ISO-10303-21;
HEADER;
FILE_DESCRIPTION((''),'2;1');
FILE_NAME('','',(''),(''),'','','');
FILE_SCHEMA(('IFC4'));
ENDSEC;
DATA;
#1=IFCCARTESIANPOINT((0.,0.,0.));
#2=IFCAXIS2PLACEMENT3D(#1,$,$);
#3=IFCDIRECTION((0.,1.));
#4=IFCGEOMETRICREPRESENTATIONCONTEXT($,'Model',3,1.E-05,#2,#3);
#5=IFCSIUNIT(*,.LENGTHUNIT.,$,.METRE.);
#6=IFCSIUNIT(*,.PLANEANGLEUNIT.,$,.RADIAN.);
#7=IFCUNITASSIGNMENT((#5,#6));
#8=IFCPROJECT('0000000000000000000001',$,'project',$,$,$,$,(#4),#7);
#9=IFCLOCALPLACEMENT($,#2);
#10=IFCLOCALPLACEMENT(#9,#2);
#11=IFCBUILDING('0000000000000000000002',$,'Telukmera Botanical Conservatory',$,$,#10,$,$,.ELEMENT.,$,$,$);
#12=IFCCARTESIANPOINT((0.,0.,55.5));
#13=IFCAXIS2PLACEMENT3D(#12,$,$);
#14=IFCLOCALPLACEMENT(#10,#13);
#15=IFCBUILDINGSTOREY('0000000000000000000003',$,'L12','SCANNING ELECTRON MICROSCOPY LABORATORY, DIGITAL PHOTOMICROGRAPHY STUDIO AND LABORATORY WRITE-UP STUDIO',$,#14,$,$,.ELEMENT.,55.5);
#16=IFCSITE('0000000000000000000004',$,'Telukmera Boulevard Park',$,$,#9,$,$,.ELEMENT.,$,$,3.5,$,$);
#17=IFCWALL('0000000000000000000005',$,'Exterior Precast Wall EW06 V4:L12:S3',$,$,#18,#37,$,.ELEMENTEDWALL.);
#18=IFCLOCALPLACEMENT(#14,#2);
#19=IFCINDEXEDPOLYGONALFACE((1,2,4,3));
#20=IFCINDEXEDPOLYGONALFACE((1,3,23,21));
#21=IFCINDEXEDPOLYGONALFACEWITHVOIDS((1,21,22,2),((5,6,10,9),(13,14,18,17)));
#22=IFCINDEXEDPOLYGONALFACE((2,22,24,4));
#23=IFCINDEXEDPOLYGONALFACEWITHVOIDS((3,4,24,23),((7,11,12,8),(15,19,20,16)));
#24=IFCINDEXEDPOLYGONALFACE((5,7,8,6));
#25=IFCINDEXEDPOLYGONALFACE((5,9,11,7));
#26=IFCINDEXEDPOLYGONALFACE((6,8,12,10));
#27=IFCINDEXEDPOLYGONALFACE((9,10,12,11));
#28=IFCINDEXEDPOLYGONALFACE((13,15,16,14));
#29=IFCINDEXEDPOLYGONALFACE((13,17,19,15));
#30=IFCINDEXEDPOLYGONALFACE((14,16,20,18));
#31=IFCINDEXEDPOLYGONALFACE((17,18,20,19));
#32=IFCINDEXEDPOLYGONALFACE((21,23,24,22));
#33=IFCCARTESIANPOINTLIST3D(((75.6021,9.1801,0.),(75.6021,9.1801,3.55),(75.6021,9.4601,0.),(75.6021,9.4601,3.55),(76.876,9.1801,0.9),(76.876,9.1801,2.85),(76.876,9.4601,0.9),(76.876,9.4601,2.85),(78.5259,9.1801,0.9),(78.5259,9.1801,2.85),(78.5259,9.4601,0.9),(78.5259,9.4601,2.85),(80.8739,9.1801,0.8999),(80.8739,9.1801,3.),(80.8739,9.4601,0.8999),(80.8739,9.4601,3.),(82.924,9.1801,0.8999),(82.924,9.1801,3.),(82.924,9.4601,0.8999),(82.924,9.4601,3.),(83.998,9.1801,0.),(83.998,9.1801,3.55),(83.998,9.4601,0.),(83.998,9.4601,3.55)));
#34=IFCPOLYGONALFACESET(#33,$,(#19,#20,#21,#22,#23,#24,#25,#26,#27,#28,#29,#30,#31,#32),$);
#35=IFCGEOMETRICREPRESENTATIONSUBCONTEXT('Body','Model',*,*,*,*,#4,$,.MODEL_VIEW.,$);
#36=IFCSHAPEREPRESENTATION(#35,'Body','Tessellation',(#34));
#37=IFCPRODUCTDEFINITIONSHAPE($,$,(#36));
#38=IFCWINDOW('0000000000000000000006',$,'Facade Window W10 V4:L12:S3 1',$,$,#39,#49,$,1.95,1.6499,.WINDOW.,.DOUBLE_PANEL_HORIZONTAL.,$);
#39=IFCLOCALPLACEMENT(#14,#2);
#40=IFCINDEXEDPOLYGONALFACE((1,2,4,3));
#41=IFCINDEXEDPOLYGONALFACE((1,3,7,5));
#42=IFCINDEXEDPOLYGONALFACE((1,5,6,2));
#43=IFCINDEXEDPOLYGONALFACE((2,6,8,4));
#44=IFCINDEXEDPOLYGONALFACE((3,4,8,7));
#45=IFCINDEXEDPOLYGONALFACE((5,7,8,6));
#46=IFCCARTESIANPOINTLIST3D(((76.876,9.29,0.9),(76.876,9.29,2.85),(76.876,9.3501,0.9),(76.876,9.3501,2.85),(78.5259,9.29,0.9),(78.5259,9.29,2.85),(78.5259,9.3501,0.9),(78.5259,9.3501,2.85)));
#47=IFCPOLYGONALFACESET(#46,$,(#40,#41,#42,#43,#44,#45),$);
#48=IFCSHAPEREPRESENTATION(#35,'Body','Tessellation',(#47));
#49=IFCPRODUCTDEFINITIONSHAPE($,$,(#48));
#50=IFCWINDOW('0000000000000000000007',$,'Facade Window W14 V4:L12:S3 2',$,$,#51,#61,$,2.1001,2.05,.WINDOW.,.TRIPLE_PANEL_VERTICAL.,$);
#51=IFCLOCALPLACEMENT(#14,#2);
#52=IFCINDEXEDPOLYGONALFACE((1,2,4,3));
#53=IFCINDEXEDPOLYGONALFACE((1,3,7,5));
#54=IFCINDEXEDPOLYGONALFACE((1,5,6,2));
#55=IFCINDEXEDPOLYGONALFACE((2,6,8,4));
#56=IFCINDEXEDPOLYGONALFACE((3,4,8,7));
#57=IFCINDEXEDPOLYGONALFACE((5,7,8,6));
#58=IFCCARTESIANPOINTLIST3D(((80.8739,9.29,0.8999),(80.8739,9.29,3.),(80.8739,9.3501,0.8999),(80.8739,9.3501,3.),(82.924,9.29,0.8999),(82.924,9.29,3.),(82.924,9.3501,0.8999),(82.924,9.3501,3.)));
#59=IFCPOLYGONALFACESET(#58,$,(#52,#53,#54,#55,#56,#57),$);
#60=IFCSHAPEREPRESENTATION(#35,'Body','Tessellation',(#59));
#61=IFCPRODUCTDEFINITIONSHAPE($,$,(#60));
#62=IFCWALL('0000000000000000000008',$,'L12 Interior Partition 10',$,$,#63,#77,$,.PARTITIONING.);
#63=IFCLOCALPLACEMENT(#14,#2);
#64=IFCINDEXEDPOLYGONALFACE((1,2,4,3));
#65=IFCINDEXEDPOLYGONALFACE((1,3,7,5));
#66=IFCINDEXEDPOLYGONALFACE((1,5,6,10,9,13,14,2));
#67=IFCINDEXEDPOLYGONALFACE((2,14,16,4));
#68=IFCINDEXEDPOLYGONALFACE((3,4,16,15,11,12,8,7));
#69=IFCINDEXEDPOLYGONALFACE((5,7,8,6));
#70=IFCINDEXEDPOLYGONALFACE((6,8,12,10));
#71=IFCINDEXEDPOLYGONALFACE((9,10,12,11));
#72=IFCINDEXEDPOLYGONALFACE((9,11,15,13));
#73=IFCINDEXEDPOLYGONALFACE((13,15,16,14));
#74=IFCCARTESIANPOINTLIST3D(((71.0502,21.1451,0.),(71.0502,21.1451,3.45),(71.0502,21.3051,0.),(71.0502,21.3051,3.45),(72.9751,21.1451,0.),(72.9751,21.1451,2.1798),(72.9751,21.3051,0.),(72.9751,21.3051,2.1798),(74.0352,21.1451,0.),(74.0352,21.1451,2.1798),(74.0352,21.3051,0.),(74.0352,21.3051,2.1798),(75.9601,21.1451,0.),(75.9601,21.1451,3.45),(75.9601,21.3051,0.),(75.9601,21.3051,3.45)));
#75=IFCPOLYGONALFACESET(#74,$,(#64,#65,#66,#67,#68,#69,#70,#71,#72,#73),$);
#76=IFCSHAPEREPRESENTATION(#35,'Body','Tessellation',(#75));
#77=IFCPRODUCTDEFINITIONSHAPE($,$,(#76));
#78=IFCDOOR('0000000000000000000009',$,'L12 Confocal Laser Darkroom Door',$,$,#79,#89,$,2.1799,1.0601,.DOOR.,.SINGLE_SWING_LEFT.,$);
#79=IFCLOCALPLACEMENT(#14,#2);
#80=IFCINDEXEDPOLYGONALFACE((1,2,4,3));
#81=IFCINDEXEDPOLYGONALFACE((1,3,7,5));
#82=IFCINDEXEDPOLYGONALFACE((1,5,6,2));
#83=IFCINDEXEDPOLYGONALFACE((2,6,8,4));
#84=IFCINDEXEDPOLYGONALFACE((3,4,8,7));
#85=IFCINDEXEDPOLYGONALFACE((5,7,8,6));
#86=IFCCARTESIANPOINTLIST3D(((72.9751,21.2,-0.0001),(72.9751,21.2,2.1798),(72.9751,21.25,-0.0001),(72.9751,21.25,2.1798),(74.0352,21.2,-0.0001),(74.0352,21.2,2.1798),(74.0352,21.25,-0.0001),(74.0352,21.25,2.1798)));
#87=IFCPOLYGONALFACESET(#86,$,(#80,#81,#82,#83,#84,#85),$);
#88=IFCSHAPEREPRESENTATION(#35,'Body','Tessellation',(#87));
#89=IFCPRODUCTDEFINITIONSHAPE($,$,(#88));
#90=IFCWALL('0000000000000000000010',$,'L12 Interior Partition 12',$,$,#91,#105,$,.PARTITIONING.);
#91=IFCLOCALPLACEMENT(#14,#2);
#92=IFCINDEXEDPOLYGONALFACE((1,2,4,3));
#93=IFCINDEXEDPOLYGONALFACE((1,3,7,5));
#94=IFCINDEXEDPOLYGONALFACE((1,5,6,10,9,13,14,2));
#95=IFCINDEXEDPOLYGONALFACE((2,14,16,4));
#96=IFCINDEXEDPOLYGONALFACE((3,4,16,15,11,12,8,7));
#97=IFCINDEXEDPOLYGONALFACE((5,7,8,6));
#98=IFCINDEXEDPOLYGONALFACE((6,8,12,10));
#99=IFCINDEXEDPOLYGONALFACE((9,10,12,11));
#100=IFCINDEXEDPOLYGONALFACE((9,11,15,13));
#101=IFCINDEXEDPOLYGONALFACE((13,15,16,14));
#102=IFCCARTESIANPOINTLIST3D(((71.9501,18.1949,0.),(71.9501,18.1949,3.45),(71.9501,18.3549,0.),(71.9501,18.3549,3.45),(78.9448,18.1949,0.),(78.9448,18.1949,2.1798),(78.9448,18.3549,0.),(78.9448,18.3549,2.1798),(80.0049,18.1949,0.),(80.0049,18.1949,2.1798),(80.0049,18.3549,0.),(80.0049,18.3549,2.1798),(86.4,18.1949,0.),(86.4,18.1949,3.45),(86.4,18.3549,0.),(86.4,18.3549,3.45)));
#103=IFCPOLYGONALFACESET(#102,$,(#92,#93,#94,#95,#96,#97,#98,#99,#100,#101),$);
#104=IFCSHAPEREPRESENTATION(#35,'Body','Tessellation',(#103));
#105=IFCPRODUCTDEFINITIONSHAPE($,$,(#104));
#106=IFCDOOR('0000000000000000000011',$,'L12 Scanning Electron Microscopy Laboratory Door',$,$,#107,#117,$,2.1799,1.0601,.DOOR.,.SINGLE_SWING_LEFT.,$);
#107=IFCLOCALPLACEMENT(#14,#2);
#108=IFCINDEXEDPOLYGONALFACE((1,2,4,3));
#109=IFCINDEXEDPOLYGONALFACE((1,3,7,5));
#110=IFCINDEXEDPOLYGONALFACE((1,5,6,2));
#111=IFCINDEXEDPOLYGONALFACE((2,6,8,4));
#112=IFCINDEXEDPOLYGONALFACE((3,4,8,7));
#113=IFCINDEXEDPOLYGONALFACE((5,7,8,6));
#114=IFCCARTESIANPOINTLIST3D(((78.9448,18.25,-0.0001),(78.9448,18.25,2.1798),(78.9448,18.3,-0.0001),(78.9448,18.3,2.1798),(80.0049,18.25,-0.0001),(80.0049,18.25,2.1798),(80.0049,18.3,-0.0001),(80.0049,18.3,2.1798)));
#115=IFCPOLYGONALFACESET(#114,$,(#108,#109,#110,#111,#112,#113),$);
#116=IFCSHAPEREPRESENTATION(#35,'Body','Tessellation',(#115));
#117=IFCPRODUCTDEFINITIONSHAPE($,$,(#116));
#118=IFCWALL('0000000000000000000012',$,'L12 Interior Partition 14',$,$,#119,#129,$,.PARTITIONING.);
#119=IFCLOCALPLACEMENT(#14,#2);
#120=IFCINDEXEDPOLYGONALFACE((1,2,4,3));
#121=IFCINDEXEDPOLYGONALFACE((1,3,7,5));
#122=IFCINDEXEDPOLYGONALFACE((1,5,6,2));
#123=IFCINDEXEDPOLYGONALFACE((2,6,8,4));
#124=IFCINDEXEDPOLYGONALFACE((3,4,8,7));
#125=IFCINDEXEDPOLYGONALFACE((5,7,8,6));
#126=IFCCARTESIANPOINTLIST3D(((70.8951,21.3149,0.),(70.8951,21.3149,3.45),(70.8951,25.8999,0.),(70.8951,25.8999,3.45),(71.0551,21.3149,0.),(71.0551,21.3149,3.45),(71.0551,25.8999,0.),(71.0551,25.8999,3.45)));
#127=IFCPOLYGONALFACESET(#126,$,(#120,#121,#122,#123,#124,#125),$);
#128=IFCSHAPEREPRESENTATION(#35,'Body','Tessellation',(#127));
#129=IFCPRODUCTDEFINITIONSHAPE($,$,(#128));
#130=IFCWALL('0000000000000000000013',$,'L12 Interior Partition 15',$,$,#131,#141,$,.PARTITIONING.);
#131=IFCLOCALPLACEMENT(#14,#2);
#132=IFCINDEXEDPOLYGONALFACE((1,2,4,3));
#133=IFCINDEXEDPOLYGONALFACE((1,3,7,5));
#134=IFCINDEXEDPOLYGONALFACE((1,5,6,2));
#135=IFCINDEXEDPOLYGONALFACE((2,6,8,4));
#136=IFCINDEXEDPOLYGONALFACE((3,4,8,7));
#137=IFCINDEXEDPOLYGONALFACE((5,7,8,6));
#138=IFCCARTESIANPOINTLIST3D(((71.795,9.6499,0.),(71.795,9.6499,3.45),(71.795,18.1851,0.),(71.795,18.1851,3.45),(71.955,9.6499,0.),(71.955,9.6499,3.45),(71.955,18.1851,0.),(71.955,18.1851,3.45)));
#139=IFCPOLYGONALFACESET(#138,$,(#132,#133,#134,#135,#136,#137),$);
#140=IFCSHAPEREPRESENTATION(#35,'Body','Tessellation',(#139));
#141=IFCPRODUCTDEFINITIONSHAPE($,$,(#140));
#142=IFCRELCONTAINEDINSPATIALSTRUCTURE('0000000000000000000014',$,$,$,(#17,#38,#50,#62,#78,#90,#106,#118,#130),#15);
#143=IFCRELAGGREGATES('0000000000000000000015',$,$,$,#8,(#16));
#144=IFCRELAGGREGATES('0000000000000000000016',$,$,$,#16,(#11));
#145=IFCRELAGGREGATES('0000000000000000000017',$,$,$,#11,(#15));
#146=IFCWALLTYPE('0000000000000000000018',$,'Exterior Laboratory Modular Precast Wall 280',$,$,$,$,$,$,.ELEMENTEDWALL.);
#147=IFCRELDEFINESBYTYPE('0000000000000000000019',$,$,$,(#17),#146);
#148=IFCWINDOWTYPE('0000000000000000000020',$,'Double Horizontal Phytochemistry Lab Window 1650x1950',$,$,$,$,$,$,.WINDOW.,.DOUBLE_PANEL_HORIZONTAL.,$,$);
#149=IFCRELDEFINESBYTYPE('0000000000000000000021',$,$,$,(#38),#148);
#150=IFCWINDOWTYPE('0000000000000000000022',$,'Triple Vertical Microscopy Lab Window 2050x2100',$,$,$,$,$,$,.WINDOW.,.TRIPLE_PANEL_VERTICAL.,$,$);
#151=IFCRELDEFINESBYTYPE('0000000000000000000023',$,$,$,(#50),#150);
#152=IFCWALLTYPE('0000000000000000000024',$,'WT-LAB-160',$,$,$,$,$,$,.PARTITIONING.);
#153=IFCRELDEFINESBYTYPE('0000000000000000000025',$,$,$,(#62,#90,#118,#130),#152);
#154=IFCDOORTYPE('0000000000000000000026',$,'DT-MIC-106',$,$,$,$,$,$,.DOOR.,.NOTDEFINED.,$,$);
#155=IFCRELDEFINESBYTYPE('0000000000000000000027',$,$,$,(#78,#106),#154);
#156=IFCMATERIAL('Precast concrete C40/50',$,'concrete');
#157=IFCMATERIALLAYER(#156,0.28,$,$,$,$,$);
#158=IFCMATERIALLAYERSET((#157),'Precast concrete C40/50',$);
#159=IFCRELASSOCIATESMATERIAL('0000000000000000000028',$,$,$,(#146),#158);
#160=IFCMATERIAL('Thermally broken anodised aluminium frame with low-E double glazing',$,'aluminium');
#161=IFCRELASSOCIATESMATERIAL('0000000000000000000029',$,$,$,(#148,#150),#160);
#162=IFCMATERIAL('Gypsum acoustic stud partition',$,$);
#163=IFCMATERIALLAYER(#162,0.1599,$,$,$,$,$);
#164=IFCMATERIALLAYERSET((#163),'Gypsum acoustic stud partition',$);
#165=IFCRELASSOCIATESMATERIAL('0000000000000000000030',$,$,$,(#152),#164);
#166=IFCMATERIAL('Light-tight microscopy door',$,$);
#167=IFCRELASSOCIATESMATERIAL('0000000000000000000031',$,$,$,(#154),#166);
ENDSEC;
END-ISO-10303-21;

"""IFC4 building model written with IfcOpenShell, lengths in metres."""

from ifc_helpers import new_model, si_unit, direction, frame, frame_2d, origin, place, context, subcontext, project, spatial, rectangle, extrude, material, layer, layer_set, type_object, element, fill, save


model = new_model("IFC4")

# Units and contexts
model_context = context("Model", 3, precision=1e-05, world=origin(), true_north=direction((0.0, 1.0)))
body_context = subcontext(model_context, "Body", "Model", "MODEL_VIEW")
ifc_project = project(units=[si_unit("LENGTHUNIT", "METRE"), si_unit("PLANEANGLEUNIT", "RADIAN")], contexts=[model_context])

# Site, building, storey
site_placement = place(None, origin())
site = spatial("IfcSite", under=ifc_project, at=site_placement, Name="Telukmera Boulevard Park", CompositionType="ELEMENT", RefElevation=3.5)
building_placement = place(site_placement, origin())
building = spatial("IfcBuilding", under=site, at=building_placement, Name="Telukmera Botanical Conservatory", CompositionType="ELEMENT")
storey_placement = place(building_placement, frame((0.0, 0.0, 55.5)))
storey = spatial("IfcBuildingStorey", under=building, at=storey_placement, Name="L12", Description="SCANNING ELECTRON MICROSCOPY LABORATORY, DIGITAL PHOTOMICROGRAPHY STUDIO AND LABORATORY WRITE-UP STUDIO", CompositionType="ELEMENT", Elevation=55.5)

# Shared definitions
ifc_material_1 = material(Name="Precast concrete C40/50", Category="concrete")

# Wall, openings, windows
ifc_layer_1 = layer(ifc_material_1, 0.28)
ifc_layer_set_1 = layer_set([ifc_layer_1], Name="Precast concrete C40/50")
wall_type_1 = type_object("IfcWallType", Name="Exterior Laboratory Modular Precast Wall 280", PredefinedType="ELEMENTEDWALL", material=ifc_layer_set_1)
wall_1_placement = place(storey_placement, frame((75.6021, 9.3201, 0.0), z_axis=(0.0, 0.0, 1.0), x_axis=(1.0, 0.0, 0.0)))
wall_1 = element("IfcWall", 1, at=wall_1_placement, inside=storey, type_object=wall_type_1, Name="Exterior Precast Wall EW06 V4:L12:S3", PredefinedType="ELEMENTEDWALL", context=body_context, shape_type="SweptSolid", body=[
    extrude(rectangle(XDim=8.396, YDim=0.28, at=frame_2d((4.198, 0.0))), origin(), (0.0, 0.0, 1.0), 3.55),
])
opening_1_placement = place(wall_1_placement, frame((1.2739, 0.0, 0.8999)))
opening_1 = element("IfcOpeningElement", 2, at=opening_1_placement, cuts=wall_1, PredefinedType="OPENING", context=body_context, shape_type="SweptSolid", body=[
    extrude(rectangle(XDim=1.6499, YDim=1.95, at=frame_2d((0.825, 0.9751))), frame((0.0, 0.1499, 0.0), z_axis=(0.0, -1.0, 0.0), x_axis=(1.0, 0.0, 0.0)), (0.0, 0.0, 1.0), 0.3),
])
opening_2_placement = place(wall_1_placement, frame((5.272, 0.0, 0.8999)))
opening_2 = element("IfcOpeningElement", 3, at=opening_2_placement, cuts=wall_1, PredefinedType="OPENING", context=body_context, shape_type="SweptSolid", body=[
    extrude(rectangle(XDim=2.05, YDim=2.1001, at=frame_2d((1.0249, 1.05))), frame((0.0, 0.1499, 0.0), z_axis=(0.0, -1.0, 0.0), x_axis=(1.0, 0.0, 0.0)), (0.0, 0.0, 1.0), 0.3),
])
ifc_material_2 = material(Name="Thermally broken anodised aluminium frame with low-E double glazing", Category="aluminium")
window_type_1 = type_object("IfcWindowType", Name="Double Horizontal Phytochemistry Lab Window 1650x1950", PartitioningType="DOUBLE_PANEL_HORIZONTAL", PredefinedType="WINDOW", material=ifc_material_2)
window_1_placement = place(opening_1_placement, origin())
window_1 = element("IfcWindow", 4, at=window_1_placement, inside=storey, type_object=window_type_1, Name="Facade Window W10 V4:L12:S3 1", OverallHeight=1.95, OverallWidth=1.6499, PartitioningType="DOUBLE_PANEL_HORIZONTAL", PredefinedType="WINDOW", context=body_context, shape_type="SweptSolid", body=[
    extrude(rectangle(XDim=1.6499, YDim=1.95, at=frame_2d((0.825, 0.9751))), frame((0.0, 0.03, 0.0), z_axis=(0.0, -1.0, 0.0), x_axis=(1.0, 0.0, 0.0)), (0.0, 0.0, 1.0), 0.0601),
])
fill(opening_1, window_1)
window_type_2 = type_object("IfcWindowType", Name="Triple Vertical Microscopy Lab Window 2050x2100", PartitioningType="TRIPLE_PANEL_VERTICAL", PredefinedType="WINDOW", material=ifc_material_2)
window_2_placement = place(opening_2_placement, origin())
window_2 = element("IfcWindow", 5, at=window_2_placement, inside=storey, type_object=window_type_2, Name="Facade Window W14 V4:L12:S3 2", OverallHeight=2.1001, OverallWidth=2.05, PartitioningType="TRIPLE_PANEL_VERTICAL", PredefinedType="WINDOW", context=body_context, shape_type="SweptSolid", body=[
    extrude(rectangle(XDim=2.05, YDim=2.1001, at=frame_2d((1.0249, 1.05))), frame((0.0, 0.03, 0.0), z_axis=(0.0, -1.0, 0.0), x_axis=(1.0, 0.0, 0.0)), (0.0, 0.0, 1.0), 0.0601),
])
fill(opening_2, window_2)

# Walls, openings, doors
ifc_material_3 = material(Name="Gypsum acoustic stud partition")
ifc_layer_2 = layer(ifc_material_3, 0.1599)
ifc_layer_set_2 = layer_set([ifc_layer_2], Name="Gypsum acoustic stud partition")
wall_type_2 = type_object("IfcWallType", Name="WT-LAB-160", PredefinedType="PARTITIONING", material=ifc_layer_set_2)
wall_2_placement = place(storey_placement, frame((71.05, 21.2251, 0.0), z_axis=(0.0, 0.0, 1.0), x_axis=(1.0, 0.0, 0.0)))
wall_2 = element("IfcWall", 6, at=wall_2_placement, inside=storey, type_object=wall_type_2, Name="L12 Interior Partition 10", PredefinedType="PARTITIONING", context=body_context, shape_type="SweptSolid", body=[
    extrude(rectangle(XDim=4.9099, YDim=0.1599, at=frame_2d((2.4551, 0.0))), origin(), (0.0, 0.0, 1.0), 3.45),
])
opening_3_placement = place(wall_2_placement, frame((1.925, 0.0, 0.0)))
opening_3 = element("IfcOpeningElement", 7, at=opening_3_placement, cuts=wall_2, PredefinedType="OPENING", context=body_context, shape_type="SweptSolid", body=[
    extrude(rectangle(XDim=1.0601, YDim=2.1799, at=frame_2d((0.53, 1.0898))), frame((0.0, 0.0898, 0.0), z_axis=(0.0, -1.0, 0.0), x_axis=(1.0, 0.0, 0.0)), (0.0, 0.0, 1.0), 0.1799),
])
ifc_material_4 = material(Name="Light-tight microscopy door")
door_type = type_object("IfcDoorType", Name="DT-MIC-106", OperationType="NOTDEFINED", PredefinedType="DOOR", material=ifc_material_4)
door_1_placement = place(opening_3_placement, origin())
door_1 = element("IfcDoor", 8, at=door_1_placement, inside=storey, type_object=door_type, Name="L12 Confocal Laser Darkroom Door", OperationType="SINGLE_SWING_LEFT", OverallHeight=2.1799, OverallWidth=1.0601, PredefinedType="DOOR", context=body_context, shape_type="SweptSolid", body=[
    extrude(rectangle(XDim=1.0601, YDim=2.1799, at=frame_2d((0.53, 1.0898))), frame((0.0, 0.0249, 0.0), z_axis=(0.0, -1.0, 0.0), x_axis=(1.0, 0.0, 0.0)), (0.0, 0.0, 1.0), 0.05),
])
fill(opening_3, door_1)
wall_3_placement = place(storey_placement, frame((71.95, 18.2749, 0.0), z_axis=(0.0, 0.0, 1.0), x_axis=(1.0, 0.0, 0.0)))
wall_3 = element("IfcWall", 9, at=wall_3_placement, inside=storey, type_object=wall_type_2, Name="L12 Interior Partition 12", PredefinedType="PARTITIONING", context=body_context, shape_type="SweptSolid", body=[
    extrude(rectangle(XDim=14.45, YDim=0.1599, at=frame_2d((7.2251, 0.0))), origin(), (0.0, 0.0, 1.0), 3.45),
])
opening_4_placement = place(wall_3_placement, frame((6.9949, 0.0, 0.0)))
opening_4 = element("IfcOpeningElement", 10, at=opening_4_placement, cuts=wall_3, PredefinedType="OPENING", context=body_context, shape_type="SweptSolid", body=[
    extrude(rectangle(XDim=1.0601, YDim=2.1799, at=frame_2d((0.53, 1.0898))), frame((0.0, 0.0898, 0.0), z_axis=(0.0, -1.0, 0.0), x_axis=(1.0, 0.0, 0.0)), (0.0, 0.0, 1.0), 0.1799),
])
door_2_placement = place(opening_4_placement, frame((1.0601, 0.0, 0.0), z_axis=(0.0, 0.0, 1.0), x_axis=(-1.0, 0.0, 0.0)))
door_2 = element("IfcDoor", 11, at=door_2_placement, inside=storey, type_object=door_type, Name="L12 Scanning Electron Microscopy Laboratory Door", OperationType="SINGLE_SWING_LEFT", OverallHeight=2.1799, OverallWidth=1.0601, PredefinedType="DOOR", context=body_context, shape_type="SweptSolid", body=[
    extrude(rectangle(XDim=1.0601, YDim=2.1799, at=frame_2d((0.53, 1.0898))), frame((0.0, 0.0249, 0.0), z_axis=(0.0, -1.0, 0.0), x_axis=(1.0, 0.0, 0.0)), (0.0, 0.0, 1.0), 0.05),
])
fill(opening_4, door_2)

# Walls
wall_4_placement = place(storey_placement, frame((70.9751, 21.3149, 0.0), z_axis=(0.0, 0.0, 1.0), x_axis=(0.0, 1.0, 0.0)))
element("IfcWall", 12, at=wall_4_placement, inside=storey, type_object=wall_type_2, Name="L12 Interior Partition 14", PredefinedType="PARTITIONING", context=body_context, shape_type="SweptSolid", body=[
    extrude(rectangle(XDim=4.585, YDim=0.1599, at=frame_2d((2.2925, 0.0))), origin(), (0.0, 0.0, 1.0), 3.45),
])
wall_5_placement = place(storey_placement, frame((71.875, 9.6499, 0.0), z_axis=(0.0, 0.0, 1.0), x_axis=(0.0, 1.0, 0.0)))
element("IfcWall", 13, at=wall_5_placement, inside=storey, type_object=wall_type_2, Name="L12 Interior Partition 15", PredefinedType="PARTITIONING", context=body_context, shape_type="SweptSolid", body=[
    extrude(rectangle(XDim=8.5352, YDim=0.1599, at=frame_2d((4.2676, 0.0))), origin(), (0.0, 0.0, 1.0), 3.45),
])

save(model, "model.ifc")
